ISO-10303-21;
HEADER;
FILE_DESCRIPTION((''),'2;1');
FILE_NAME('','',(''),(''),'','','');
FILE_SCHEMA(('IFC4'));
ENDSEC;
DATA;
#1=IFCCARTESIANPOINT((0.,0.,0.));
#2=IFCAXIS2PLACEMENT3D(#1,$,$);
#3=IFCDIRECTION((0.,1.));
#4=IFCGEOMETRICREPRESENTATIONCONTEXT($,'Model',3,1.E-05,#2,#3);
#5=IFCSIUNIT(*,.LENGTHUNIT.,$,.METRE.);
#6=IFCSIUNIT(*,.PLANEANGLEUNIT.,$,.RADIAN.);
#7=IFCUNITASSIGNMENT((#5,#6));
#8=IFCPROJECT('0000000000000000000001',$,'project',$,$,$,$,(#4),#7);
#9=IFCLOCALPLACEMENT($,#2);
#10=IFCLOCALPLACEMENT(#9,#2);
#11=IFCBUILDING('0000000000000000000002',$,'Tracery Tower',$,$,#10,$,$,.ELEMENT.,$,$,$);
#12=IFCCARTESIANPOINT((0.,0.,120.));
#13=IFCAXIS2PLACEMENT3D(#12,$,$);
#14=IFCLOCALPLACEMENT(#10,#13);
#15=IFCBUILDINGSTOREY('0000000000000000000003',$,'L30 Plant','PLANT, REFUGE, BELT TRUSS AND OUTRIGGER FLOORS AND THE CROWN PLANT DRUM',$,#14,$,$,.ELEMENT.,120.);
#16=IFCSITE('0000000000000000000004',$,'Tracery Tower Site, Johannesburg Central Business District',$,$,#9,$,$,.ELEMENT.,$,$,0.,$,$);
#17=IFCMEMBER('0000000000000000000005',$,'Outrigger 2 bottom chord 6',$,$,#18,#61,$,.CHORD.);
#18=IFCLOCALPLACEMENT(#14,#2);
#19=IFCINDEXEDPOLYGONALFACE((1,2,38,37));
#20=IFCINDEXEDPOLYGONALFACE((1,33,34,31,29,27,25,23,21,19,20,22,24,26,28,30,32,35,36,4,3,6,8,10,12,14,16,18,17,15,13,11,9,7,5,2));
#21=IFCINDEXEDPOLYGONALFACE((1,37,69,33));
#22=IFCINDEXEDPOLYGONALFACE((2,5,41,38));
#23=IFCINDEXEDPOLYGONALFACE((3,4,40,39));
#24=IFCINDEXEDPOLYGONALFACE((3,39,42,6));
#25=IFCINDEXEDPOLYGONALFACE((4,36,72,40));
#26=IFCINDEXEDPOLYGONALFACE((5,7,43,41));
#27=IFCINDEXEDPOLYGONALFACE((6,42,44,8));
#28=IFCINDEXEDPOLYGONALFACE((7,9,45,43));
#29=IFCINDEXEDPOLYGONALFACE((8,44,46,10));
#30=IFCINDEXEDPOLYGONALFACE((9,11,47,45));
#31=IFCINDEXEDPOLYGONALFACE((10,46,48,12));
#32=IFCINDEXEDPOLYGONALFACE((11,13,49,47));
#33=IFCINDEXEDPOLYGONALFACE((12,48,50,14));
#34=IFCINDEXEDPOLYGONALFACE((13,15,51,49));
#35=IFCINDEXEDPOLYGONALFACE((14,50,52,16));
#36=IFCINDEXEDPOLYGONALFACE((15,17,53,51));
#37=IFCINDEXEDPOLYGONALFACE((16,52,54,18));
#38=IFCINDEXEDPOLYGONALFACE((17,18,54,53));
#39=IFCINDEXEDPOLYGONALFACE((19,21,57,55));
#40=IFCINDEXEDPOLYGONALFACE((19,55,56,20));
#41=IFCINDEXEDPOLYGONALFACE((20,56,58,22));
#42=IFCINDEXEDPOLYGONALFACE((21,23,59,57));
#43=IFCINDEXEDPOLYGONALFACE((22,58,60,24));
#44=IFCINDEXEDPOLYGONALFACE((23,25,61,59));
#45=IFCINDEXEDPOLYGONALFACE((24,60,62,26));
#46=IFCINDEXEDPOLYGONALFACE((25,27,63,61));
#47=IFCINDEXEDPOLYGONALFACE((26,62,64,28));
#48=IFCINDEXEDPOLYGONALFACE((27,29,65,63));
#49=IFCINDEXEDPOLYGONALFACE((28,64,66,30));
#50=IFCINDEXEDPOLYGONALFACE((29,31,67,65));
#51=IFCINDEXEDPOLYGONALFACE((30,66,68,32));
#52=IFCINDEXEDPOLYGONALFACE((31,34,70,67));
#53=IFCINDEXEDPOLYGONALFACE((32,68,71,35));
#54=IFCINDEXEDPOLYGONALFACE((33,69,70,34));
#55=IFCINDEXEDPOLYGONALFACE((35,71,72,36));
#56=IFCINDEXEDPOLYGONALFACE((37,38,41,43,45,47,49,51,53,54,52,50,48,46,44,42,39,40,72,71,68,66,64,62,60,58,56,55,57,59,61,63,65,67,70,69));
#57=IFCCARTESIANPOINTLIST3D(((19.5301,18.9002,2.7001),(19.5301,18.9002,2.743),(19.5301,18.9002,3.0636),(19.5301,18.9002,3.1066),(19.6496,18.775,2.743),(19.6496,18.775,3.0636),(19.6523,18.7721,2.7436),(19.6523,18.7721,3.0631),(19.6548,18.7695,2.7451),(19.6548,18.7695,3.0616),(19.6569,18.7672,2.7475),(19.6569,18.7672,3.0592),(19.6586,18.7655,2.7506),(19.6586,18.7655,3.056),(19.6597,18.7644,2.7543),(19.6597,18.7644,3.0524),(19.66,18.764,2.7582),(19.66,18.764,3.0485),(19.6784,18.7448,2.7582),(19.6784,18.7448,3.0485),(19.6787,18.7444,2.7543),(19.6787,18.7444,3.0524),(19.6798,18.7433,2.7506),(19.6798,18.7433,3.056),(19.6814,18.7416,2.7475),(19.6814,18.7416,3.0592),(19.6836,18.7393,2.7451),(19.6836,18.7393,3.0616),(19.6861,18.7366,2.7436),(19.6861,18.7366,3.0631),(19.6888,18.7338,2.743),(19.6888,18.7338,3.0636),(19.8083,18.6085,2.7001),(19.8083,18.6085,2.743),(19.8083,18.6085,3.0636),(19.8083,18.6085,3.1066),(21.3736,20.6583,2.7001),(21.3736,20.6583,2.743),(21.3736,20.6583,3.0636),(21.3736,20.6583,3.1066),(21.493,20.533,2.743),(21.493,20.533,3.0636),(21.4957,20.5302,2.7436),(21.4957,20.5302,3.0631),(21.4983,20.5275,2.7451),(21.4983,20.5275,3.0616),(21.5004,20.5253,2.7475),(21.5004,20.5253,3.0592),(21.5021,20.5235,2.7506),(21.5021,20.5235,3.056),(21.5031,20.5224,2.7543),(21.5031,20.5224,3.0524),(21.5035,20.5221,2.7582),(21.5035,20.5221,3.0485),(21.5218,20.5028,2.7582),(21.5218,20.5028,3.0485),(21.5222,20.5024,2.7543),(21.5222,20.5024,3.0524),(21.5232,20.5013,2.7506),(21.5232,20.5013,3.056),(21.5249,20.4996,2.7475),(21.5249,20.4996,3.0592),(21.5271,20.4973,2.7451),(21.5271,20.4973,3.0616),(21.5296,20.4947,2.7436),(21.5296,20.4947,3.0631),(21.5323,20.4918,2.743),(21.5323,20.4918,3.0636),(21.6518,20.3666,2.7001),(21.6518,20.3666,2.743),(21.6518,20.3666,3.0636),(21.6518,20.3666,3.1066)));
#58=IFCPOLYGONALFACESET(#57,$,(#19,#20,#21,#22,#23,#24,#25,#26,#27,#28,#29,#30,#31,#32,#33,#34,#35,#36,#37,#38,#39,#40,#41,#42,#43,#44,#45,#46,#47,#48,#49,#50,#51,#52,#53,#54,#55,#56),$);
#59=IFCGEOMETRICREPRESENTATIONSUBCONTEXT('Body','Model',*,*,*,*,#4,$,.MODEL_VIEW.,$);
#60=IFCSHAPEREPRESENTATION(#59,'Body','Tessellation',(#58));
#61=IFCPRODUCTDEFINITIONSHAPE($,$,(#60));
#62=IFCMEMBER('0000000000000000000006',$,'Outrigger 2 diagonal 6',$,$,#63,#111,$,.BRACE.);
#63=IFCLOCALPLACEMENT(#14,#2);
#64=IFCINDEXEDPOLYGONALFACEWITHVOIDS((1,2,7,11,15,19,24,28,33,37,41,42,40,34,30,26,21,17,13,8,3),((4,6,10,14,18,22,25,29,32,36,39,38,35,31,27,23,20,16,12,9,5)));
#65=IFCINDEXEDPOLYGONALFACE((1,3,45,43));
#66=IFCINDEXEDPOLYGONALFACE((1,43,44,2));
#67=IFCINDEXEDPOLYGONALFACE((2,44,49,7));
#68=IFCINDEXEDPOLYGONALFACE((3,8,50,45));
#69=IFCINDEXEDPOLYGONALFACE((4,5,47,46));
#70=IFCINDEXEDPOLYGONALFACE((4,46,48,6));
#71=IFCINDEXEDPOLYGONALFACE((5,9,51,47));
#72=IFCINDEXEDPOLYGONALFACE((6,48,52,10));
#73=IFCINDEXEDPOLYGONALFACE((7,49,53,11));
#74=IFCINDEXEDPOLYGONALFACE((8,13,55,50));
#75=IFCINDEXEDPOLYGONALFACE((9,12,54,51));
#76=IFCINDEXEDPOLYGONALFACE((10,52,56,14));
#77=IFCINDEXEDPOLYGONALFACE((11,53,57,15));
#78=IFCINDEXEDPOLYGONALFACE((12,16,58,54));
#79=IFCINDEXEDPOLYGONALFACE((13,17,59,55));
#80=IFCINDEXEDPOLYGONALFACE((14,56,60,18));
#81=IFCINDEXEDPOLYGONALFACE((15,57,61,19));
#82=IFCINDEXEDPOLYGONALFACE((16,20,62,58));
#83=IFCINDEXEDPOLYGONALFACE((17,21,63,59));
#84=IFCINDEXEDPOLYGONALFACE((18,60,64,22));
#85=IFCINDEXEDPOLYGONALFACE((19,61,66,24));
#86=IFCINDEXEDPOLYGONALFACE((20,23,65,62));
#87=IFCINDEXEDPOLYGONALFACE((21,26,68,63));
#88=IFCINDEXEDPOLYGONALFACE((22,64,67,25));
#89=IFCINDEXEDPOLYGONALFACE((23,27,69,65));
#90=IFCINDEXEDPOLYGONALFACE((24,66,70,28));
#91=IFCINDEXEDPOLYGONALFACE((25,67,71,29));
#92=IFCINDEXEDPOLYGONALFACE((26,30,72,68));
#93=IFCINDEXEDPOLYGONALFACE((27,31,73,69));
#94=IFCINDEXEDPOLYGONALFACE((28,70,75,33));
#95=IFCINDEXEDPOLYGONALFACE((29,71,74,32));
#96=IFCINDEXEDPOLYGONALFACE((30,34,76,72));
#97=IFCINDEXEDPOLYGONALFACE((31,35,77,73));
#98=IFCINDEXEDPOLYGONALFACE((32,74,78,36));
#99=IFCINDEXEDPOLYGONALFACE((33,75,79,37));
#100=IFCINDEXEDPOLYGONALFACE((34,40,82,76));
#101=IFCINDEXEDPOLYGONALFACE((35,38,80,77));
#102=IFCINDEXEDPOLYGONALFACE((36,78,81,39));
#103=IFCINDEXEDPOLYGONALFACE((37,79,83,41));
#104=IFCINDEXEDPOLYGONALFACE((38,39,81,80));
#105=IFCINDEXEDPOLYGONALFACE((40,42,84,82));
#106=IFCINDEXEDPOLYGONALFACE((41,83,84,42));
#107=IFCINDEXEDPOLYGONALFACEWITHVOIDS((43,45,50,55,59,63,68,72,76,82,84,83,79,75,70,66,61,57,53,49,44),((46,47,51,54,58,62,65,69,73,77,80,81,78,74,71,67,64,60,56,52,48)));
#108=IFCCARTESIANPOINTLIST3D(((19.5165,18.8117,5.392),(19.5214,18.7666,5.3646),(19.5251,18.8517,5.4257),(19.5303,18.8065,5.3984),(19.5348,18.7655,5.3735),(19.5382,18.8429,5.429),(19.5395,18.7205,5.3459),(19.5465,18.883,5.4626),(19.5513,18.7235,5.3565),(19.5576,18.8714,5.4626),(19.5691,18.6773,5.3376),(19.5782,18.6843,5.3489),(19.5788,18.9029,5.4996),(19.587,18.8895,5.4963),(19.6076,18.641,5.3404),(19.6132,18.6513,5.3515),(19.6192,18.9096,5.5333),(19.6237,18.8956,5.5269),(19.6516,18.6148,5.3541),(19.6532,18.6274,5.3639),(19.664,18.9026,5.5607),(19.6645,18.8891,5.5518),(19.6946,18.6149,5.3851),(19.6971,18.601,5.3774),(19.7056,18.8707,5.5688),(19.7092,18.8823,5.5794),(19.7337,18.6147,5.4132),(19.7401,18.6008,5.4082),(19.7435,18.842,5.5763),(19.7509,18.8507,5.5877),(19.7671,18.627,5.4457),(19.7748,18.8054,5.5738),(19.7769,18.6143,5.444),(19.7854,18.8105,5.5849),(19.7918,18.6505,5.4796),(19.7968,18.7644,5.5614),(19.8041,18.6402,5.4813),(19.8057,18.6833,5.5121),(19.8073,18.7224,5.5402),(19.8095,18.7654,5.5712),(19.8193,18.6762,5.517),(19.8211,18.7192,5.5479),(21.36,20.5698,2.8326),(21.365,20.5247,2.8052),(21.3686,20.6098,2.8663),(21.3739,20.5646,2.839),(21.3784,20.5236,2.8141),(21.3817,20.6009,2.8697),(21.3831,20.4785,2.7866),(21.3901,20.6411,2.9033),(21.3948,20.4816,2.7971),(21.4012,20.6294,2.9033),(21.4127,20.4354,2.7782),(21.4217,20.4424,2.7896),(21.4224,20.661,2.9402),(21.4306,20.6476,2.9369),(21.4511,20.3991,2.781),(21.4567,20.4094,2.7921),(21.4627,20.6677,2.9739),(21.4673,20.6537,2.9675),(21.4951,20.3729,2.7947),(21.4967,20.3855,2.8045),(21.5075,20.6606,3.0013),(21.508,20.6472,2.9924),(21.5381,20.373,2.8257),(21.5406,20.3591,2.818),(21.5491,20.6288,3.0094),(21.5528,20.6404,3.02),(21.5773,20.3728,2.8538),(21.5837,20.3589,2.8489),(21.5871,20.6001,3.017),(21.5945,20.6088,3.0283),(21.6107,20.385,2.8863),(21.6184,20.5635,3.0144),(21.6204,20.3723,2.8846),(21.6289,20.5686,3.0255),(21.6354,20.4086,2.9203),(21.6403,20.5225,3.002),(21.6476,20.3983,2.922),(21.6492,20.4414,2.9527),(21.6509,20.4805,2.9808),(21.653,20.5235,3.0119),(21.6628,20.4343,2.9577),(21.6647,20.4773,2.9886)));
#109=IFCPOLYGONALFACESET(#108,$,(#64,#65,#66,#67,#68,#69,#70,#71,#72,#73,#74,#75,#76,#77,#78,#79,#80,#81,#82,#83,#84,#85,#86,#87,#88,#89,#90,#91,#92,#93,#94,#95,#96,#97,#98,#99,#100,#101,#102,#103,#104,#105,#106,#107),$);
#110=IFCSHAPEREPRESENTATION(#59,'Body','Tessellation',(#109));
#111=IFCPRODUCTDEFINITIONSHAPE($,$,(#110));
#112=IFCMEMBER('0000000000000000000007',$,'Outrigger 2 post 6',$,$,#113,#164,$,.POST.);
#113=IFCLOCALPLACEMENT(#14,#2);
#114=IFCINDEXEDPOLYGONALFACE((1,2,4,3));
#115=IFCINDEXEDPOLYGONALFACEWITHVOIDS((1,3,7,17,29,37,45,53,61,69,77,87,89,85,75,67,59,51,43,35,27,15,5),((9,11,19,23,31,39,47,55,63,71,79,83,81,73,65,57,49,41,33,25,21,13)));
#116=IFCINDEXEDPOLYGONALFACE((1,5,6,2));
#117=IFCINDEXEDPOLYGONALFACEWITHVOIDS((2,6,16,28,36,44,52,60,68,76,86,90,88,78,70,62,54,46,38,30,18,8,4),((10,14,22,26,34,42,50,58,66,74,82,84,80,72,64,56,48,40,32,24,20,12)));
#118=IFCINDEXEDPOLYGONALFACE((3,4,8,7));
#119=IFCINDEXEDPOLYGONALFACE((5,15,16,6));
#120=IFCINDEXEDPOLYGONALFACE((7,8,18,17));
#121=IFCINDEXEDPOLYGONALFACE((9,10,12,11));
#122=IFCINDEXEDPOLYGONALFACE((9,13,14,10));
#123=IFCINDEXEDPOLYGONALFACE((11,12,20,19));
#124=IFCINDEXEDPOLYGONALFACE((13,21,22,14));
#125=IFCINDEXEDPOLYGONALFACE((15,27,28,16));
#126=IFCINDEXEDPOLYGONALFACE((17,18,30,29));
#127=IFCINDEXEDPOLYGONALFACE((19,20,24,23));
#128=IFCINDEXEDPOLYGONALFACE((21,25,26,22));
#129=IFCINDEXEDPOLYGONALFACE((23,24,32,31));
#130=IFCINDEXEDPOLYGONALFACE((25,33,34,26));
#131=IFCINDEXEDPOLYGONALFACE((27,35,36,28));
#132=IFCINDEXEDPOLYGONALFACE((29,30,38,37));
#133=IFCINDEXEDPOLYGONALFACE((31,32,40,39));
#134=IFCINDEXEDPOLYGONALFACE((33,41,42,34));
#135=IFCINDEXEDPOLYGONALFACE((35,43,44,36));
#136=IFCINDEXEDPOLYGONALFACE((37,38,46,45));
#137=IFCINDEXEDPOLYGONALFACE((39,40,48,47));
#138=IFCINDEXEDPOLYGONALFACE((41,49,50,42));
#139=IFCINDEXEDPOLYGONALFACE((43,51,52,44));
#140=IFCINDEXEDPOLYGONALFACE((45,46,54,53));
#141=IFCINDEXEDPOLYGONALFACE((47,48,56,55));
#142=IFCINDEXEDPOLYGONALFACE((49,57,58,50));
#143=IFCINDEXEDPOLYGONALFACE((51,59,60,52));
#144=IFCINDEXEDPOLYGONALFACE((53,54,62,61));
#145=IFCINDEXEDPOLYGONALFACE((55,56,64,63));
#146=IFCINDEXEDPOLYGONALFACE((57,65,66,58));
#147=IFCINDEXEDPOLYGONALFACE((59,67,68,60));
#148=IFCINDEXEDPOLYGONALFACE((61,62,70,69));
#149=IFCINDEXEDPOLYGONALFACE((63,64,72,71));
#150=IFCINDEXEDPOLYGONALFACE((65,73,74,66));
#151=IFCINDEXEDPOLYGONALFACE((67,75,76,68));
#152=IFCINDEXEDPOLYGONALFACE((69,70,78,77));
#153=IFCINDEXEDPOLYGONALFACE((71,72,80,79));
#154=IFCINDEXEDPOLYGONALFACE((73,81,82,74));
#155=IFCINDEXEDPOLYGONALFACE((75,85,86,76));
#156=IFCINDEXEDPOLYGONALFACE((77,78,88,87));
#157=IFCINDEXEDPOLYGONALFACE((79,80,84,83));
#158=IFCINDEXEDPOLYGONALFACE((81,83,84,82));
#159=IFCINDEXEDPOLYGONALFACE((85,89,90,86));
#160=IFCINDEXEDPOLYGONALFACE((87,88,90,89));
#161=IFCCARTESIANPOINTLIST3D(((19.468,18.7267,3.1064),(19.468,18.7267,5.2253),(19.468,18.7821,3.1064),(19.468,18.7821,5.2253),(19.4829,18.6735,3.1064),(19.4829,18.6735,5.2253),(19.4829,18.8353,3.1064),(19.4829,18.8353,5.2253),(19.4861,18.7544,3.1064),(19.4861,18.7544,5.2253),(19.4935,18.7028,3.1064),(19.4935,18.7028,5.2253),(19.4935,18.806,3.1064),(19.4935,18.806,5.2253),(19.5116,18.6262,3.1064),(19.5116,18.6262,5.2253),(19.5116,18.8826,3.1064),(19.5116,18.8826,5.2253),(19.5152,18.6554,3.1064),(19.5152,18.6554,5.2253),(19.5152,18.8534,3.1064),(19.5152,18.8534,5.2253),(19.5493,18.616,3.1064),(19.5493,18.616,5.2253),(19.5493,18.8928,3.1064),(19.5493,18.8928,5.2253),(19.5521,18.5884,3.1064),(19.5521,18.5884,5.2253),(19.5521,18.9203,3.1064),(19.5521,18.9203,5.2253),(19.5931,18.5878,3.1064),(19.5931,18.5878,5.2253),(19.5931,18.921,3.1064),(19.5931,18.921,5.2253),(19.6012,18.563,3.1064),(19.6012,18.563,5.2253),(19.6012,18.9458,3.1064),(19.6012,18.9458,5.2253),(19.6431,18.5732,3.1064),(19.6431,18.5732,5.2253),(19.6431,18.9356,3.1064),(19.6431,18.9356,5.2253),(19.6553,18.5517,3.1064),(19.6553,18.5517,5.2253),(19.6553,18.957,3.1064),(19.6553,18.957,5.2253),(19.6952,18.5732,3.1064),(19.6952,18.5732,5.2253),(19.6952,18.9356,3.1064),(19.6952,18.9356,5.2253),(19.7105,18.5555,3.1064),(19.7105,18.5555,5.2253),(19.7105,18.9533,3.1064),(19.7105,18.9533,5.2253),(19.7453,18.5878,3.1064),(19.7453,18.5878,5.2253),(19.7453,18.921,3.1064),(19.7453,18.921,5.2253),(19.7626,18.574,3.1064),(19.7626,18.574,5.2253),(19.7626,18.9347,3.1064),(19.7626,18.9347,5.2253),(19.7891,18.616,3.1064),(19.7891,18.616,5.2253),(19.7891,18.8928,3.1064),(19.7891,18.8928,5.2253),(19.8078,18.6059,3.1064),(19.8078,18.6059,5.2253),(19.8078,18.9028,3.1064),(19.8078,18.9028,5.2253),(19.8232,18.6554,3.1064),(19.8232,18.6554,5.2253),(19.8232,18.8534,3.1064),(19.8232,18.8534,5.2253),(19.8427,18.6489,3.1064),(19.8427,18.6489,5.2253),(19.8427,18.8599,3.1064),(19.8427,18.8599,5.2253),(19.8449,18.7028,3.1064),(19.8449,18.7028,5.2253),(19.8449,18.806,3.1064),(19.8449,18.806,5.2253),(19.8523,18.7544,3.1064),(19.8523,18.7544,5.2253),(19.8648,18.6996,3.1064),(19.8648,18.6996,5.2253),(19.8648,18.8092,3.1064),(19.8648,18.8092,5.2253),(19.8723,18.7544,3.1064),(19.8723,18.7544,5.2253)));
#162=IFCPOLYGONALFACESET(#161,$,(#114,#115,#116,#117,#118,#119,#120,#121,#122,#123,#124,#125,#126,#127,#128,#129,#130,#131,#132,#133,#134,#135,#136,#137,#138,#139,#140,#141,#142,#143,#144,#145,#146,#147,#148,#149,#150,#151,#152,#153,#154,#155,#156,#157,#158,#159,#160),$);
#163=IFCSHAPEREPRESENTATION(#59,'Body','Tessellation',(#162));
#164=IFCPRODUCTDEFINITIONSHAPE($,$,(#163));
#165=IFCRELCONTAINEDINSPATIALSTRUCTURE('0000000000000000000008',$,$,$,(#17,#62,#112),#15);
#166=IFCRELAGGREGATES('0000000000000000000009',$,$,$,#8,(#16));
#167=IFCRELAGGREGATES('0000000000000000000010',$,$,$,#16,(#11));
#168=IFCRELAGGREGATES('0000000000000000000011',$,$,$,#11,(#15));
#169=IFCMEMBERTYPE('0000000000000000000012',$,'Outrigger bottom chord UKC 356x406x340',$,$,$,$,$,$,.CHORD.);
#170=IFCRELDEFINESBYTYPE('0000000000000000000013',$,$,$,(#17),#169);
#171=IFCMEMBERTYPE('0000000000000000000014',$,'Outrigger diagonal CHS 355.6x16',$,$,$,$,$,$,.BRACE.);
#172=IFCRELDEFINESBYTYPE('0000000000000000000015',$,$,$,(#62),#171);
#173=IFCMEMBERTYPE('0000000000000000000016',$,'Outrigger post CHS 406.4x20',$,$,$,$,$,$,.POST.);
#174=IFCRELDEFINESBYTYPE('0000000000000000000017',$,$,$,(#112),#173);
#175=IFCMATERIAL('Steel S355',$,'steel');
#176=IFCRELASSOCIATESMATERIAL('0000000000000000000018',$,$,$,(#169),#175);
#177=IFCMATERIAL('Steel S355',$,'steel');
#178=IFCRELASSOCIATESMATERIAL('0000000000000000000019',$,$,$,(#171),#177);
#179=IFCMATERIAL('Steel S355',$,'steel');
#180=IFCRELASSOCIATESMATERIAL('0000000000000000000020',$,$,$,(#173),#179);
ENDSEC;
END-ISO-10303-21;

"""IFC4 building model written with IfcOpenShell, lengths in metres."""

from ifc_helpers import new_model, si_unit, direction, frame, origin, origin_2d, place, context, subcontext, project, spatial, hollow_circle, i_section, extrude, material, material_profile, profile_set, type_object, element, save


model = new_model("IFC4")

# Units and contexts
model_context = context("Model", 3, precision=1e-05, world=origin(), true_north=direction((0.0, 1.0)))
body_context = subcontext(model_context, "Body", "Model", "MODEL_VIEW")
ifc_project = project(units=[si_unit("LENGTHUNIT", "METRE"), si_unit("PLANEANGLEUNIT", "RADIAN")], contexts=[model_context])

# Site, building, storey
site_placement = place(None, origin())
site = spatial("IfcSite", under=ifc_project, at=site_placement, Name="Tracery Tower Site, Johannesburg Central Business District", CompositionType="ELEMENT", RefElevation=0.0)
building_placement = place(site_placement, origin())
building = spatial("IfcBuilding", under=site, at=building_placement, Name="Tracery Tower", CompositionType="ELEMENT")
storey_placement = place(building_placement, frame((0.0, 0.0, 120.0)))
storey = spatial("IfcBuildingStorey", under=building, at=storey_placement, Name="L30 Plant", Description="PLANT, REFUGE, BELT TRUSS AND OUTRIGGER FLOORS AND THE CROWN PLANT DRUM", CompositionType="ELEMENT", Elevation=120.0)

# Members
ifc_material_1 = material(Name="Steel S355", Category="steel")
ifc_material_profile_1 = material_profile(ifc_material_1, i_section(OverallWidth=0.4031, OverallDepth=0.4065, WebThickness=0.0266, FlangeThickness=0.043, FilletRadius=0.0151, at=origin_2d()), Name="UKC 356x406x340")
ifc_profile_set_1 = profile_set([ifc_material_profile_1], Name="Steel S355")
member_type_1 = type_object("IfcMemberType", Name="Outrigger bottom chord UKC 356x406x340", PredefinedType="CHORD", material=ifc_profile_set_1)
member_1_placement = place(storey_placement, frame((19.6692, 18.7544, 2.9033), z_axis=(0.72368, 0.690136, 0.0), x_axis=(-0.690136, 0.72368, 0.0)))
element("IfcMember", 1, at=member_1_placement, inside=storey, type_object=member_type_1, Name="Outrigger 2 bottom chord 6", PredefinedType="CHORD", context=body_context, shape_type="SweptSolid", body=[
    extrude(i_section(OverallWidth=0.4031, OverallDepth=0.4065, WebThickness=0.0266, FlangeThickness=0.043, FilletRadius=0.0151, at=origin_2d()), origin(), (0.0, 0.0, 1.0), 2.5474),
])
ifc_material_2 = material(Name="Steel S355", Category="steel")
ifc_material_profile_2 = material_profile(ifc_material_2, hollow_circle(Radius=0.1777, WallThickness=0.0161, at=origin_2d()), Name="CHS 355.6x16")
ifc_profile_set_2 = profile_set([ifc_material_profile_2], Name="Steel S355")
member_type_2 = type_object("IfcMemberType", Name="Outrigger diagonal CHS 355.6x16", PredefinedType="BRACE", material=ifc_profile_set_2)
member_2_placement = place(storey_placement, frame((19.6692, 18.7544, 5.4626), z_axis=(0.510523, 0.486859, -0.708755), x_axis=(-0.690136, 0.72368, 0.0)))
element("IfcMember", 2, at=member_2_placement, inside=storey, type_object=member_type_2, Name="Outrigger 2 diagonal 6", PredefinedType="BRACE", context=body_context, shape_type="SweptSolid", body=[
    extrude(hollow_circle(Radius=0.1777, WallThickness=0.0161, at=origin_2d()), origin(), (0.0, 0.0, 1.0), 3.6111),
])
ifc_material_3 = material(Name="Steel S355", Category="steel")
ifc_material_profile_3 = material_profile(ifc_material_3, hollow_circle(Radius=0.2031, WallThickness=0.02, at=origin_2d()), Name="CHS 406.4x20")
ifc_profile_set_3 = profile_set([ifc_material_profile_3], Name="Steel S355")
member_type_3 = type_object("IfcMemberType", Name="Outrigger post CHS 406.4x20", PredefinedType="POST", material=ifc_profile_set_3)
for number, where, z_axis, x_axis, name in (
    (3, (19.6692, 18.7544, 3.1064), (0.0, 0.0, 1.0), (1.0, 0.0, 0.0), "Outrigger 2 post 6"),
):
    element("IfcMember", number, at=place(storey_placement, frame(where, z_axis=z_axis, x_axis=x_axis)), inside=storey, type_object=member_type_3, Name=name, PredefinedType="POST", context=body_context, shape_type="SweptSolid", body=[
        extrude(hollow_circle(Radius=0.2031, WallThickness=0.02, at=origin_2d()), origin(), (0.0, 0.0, 1.0), 2.1189),
    ])

save(model, "model.ifc")
